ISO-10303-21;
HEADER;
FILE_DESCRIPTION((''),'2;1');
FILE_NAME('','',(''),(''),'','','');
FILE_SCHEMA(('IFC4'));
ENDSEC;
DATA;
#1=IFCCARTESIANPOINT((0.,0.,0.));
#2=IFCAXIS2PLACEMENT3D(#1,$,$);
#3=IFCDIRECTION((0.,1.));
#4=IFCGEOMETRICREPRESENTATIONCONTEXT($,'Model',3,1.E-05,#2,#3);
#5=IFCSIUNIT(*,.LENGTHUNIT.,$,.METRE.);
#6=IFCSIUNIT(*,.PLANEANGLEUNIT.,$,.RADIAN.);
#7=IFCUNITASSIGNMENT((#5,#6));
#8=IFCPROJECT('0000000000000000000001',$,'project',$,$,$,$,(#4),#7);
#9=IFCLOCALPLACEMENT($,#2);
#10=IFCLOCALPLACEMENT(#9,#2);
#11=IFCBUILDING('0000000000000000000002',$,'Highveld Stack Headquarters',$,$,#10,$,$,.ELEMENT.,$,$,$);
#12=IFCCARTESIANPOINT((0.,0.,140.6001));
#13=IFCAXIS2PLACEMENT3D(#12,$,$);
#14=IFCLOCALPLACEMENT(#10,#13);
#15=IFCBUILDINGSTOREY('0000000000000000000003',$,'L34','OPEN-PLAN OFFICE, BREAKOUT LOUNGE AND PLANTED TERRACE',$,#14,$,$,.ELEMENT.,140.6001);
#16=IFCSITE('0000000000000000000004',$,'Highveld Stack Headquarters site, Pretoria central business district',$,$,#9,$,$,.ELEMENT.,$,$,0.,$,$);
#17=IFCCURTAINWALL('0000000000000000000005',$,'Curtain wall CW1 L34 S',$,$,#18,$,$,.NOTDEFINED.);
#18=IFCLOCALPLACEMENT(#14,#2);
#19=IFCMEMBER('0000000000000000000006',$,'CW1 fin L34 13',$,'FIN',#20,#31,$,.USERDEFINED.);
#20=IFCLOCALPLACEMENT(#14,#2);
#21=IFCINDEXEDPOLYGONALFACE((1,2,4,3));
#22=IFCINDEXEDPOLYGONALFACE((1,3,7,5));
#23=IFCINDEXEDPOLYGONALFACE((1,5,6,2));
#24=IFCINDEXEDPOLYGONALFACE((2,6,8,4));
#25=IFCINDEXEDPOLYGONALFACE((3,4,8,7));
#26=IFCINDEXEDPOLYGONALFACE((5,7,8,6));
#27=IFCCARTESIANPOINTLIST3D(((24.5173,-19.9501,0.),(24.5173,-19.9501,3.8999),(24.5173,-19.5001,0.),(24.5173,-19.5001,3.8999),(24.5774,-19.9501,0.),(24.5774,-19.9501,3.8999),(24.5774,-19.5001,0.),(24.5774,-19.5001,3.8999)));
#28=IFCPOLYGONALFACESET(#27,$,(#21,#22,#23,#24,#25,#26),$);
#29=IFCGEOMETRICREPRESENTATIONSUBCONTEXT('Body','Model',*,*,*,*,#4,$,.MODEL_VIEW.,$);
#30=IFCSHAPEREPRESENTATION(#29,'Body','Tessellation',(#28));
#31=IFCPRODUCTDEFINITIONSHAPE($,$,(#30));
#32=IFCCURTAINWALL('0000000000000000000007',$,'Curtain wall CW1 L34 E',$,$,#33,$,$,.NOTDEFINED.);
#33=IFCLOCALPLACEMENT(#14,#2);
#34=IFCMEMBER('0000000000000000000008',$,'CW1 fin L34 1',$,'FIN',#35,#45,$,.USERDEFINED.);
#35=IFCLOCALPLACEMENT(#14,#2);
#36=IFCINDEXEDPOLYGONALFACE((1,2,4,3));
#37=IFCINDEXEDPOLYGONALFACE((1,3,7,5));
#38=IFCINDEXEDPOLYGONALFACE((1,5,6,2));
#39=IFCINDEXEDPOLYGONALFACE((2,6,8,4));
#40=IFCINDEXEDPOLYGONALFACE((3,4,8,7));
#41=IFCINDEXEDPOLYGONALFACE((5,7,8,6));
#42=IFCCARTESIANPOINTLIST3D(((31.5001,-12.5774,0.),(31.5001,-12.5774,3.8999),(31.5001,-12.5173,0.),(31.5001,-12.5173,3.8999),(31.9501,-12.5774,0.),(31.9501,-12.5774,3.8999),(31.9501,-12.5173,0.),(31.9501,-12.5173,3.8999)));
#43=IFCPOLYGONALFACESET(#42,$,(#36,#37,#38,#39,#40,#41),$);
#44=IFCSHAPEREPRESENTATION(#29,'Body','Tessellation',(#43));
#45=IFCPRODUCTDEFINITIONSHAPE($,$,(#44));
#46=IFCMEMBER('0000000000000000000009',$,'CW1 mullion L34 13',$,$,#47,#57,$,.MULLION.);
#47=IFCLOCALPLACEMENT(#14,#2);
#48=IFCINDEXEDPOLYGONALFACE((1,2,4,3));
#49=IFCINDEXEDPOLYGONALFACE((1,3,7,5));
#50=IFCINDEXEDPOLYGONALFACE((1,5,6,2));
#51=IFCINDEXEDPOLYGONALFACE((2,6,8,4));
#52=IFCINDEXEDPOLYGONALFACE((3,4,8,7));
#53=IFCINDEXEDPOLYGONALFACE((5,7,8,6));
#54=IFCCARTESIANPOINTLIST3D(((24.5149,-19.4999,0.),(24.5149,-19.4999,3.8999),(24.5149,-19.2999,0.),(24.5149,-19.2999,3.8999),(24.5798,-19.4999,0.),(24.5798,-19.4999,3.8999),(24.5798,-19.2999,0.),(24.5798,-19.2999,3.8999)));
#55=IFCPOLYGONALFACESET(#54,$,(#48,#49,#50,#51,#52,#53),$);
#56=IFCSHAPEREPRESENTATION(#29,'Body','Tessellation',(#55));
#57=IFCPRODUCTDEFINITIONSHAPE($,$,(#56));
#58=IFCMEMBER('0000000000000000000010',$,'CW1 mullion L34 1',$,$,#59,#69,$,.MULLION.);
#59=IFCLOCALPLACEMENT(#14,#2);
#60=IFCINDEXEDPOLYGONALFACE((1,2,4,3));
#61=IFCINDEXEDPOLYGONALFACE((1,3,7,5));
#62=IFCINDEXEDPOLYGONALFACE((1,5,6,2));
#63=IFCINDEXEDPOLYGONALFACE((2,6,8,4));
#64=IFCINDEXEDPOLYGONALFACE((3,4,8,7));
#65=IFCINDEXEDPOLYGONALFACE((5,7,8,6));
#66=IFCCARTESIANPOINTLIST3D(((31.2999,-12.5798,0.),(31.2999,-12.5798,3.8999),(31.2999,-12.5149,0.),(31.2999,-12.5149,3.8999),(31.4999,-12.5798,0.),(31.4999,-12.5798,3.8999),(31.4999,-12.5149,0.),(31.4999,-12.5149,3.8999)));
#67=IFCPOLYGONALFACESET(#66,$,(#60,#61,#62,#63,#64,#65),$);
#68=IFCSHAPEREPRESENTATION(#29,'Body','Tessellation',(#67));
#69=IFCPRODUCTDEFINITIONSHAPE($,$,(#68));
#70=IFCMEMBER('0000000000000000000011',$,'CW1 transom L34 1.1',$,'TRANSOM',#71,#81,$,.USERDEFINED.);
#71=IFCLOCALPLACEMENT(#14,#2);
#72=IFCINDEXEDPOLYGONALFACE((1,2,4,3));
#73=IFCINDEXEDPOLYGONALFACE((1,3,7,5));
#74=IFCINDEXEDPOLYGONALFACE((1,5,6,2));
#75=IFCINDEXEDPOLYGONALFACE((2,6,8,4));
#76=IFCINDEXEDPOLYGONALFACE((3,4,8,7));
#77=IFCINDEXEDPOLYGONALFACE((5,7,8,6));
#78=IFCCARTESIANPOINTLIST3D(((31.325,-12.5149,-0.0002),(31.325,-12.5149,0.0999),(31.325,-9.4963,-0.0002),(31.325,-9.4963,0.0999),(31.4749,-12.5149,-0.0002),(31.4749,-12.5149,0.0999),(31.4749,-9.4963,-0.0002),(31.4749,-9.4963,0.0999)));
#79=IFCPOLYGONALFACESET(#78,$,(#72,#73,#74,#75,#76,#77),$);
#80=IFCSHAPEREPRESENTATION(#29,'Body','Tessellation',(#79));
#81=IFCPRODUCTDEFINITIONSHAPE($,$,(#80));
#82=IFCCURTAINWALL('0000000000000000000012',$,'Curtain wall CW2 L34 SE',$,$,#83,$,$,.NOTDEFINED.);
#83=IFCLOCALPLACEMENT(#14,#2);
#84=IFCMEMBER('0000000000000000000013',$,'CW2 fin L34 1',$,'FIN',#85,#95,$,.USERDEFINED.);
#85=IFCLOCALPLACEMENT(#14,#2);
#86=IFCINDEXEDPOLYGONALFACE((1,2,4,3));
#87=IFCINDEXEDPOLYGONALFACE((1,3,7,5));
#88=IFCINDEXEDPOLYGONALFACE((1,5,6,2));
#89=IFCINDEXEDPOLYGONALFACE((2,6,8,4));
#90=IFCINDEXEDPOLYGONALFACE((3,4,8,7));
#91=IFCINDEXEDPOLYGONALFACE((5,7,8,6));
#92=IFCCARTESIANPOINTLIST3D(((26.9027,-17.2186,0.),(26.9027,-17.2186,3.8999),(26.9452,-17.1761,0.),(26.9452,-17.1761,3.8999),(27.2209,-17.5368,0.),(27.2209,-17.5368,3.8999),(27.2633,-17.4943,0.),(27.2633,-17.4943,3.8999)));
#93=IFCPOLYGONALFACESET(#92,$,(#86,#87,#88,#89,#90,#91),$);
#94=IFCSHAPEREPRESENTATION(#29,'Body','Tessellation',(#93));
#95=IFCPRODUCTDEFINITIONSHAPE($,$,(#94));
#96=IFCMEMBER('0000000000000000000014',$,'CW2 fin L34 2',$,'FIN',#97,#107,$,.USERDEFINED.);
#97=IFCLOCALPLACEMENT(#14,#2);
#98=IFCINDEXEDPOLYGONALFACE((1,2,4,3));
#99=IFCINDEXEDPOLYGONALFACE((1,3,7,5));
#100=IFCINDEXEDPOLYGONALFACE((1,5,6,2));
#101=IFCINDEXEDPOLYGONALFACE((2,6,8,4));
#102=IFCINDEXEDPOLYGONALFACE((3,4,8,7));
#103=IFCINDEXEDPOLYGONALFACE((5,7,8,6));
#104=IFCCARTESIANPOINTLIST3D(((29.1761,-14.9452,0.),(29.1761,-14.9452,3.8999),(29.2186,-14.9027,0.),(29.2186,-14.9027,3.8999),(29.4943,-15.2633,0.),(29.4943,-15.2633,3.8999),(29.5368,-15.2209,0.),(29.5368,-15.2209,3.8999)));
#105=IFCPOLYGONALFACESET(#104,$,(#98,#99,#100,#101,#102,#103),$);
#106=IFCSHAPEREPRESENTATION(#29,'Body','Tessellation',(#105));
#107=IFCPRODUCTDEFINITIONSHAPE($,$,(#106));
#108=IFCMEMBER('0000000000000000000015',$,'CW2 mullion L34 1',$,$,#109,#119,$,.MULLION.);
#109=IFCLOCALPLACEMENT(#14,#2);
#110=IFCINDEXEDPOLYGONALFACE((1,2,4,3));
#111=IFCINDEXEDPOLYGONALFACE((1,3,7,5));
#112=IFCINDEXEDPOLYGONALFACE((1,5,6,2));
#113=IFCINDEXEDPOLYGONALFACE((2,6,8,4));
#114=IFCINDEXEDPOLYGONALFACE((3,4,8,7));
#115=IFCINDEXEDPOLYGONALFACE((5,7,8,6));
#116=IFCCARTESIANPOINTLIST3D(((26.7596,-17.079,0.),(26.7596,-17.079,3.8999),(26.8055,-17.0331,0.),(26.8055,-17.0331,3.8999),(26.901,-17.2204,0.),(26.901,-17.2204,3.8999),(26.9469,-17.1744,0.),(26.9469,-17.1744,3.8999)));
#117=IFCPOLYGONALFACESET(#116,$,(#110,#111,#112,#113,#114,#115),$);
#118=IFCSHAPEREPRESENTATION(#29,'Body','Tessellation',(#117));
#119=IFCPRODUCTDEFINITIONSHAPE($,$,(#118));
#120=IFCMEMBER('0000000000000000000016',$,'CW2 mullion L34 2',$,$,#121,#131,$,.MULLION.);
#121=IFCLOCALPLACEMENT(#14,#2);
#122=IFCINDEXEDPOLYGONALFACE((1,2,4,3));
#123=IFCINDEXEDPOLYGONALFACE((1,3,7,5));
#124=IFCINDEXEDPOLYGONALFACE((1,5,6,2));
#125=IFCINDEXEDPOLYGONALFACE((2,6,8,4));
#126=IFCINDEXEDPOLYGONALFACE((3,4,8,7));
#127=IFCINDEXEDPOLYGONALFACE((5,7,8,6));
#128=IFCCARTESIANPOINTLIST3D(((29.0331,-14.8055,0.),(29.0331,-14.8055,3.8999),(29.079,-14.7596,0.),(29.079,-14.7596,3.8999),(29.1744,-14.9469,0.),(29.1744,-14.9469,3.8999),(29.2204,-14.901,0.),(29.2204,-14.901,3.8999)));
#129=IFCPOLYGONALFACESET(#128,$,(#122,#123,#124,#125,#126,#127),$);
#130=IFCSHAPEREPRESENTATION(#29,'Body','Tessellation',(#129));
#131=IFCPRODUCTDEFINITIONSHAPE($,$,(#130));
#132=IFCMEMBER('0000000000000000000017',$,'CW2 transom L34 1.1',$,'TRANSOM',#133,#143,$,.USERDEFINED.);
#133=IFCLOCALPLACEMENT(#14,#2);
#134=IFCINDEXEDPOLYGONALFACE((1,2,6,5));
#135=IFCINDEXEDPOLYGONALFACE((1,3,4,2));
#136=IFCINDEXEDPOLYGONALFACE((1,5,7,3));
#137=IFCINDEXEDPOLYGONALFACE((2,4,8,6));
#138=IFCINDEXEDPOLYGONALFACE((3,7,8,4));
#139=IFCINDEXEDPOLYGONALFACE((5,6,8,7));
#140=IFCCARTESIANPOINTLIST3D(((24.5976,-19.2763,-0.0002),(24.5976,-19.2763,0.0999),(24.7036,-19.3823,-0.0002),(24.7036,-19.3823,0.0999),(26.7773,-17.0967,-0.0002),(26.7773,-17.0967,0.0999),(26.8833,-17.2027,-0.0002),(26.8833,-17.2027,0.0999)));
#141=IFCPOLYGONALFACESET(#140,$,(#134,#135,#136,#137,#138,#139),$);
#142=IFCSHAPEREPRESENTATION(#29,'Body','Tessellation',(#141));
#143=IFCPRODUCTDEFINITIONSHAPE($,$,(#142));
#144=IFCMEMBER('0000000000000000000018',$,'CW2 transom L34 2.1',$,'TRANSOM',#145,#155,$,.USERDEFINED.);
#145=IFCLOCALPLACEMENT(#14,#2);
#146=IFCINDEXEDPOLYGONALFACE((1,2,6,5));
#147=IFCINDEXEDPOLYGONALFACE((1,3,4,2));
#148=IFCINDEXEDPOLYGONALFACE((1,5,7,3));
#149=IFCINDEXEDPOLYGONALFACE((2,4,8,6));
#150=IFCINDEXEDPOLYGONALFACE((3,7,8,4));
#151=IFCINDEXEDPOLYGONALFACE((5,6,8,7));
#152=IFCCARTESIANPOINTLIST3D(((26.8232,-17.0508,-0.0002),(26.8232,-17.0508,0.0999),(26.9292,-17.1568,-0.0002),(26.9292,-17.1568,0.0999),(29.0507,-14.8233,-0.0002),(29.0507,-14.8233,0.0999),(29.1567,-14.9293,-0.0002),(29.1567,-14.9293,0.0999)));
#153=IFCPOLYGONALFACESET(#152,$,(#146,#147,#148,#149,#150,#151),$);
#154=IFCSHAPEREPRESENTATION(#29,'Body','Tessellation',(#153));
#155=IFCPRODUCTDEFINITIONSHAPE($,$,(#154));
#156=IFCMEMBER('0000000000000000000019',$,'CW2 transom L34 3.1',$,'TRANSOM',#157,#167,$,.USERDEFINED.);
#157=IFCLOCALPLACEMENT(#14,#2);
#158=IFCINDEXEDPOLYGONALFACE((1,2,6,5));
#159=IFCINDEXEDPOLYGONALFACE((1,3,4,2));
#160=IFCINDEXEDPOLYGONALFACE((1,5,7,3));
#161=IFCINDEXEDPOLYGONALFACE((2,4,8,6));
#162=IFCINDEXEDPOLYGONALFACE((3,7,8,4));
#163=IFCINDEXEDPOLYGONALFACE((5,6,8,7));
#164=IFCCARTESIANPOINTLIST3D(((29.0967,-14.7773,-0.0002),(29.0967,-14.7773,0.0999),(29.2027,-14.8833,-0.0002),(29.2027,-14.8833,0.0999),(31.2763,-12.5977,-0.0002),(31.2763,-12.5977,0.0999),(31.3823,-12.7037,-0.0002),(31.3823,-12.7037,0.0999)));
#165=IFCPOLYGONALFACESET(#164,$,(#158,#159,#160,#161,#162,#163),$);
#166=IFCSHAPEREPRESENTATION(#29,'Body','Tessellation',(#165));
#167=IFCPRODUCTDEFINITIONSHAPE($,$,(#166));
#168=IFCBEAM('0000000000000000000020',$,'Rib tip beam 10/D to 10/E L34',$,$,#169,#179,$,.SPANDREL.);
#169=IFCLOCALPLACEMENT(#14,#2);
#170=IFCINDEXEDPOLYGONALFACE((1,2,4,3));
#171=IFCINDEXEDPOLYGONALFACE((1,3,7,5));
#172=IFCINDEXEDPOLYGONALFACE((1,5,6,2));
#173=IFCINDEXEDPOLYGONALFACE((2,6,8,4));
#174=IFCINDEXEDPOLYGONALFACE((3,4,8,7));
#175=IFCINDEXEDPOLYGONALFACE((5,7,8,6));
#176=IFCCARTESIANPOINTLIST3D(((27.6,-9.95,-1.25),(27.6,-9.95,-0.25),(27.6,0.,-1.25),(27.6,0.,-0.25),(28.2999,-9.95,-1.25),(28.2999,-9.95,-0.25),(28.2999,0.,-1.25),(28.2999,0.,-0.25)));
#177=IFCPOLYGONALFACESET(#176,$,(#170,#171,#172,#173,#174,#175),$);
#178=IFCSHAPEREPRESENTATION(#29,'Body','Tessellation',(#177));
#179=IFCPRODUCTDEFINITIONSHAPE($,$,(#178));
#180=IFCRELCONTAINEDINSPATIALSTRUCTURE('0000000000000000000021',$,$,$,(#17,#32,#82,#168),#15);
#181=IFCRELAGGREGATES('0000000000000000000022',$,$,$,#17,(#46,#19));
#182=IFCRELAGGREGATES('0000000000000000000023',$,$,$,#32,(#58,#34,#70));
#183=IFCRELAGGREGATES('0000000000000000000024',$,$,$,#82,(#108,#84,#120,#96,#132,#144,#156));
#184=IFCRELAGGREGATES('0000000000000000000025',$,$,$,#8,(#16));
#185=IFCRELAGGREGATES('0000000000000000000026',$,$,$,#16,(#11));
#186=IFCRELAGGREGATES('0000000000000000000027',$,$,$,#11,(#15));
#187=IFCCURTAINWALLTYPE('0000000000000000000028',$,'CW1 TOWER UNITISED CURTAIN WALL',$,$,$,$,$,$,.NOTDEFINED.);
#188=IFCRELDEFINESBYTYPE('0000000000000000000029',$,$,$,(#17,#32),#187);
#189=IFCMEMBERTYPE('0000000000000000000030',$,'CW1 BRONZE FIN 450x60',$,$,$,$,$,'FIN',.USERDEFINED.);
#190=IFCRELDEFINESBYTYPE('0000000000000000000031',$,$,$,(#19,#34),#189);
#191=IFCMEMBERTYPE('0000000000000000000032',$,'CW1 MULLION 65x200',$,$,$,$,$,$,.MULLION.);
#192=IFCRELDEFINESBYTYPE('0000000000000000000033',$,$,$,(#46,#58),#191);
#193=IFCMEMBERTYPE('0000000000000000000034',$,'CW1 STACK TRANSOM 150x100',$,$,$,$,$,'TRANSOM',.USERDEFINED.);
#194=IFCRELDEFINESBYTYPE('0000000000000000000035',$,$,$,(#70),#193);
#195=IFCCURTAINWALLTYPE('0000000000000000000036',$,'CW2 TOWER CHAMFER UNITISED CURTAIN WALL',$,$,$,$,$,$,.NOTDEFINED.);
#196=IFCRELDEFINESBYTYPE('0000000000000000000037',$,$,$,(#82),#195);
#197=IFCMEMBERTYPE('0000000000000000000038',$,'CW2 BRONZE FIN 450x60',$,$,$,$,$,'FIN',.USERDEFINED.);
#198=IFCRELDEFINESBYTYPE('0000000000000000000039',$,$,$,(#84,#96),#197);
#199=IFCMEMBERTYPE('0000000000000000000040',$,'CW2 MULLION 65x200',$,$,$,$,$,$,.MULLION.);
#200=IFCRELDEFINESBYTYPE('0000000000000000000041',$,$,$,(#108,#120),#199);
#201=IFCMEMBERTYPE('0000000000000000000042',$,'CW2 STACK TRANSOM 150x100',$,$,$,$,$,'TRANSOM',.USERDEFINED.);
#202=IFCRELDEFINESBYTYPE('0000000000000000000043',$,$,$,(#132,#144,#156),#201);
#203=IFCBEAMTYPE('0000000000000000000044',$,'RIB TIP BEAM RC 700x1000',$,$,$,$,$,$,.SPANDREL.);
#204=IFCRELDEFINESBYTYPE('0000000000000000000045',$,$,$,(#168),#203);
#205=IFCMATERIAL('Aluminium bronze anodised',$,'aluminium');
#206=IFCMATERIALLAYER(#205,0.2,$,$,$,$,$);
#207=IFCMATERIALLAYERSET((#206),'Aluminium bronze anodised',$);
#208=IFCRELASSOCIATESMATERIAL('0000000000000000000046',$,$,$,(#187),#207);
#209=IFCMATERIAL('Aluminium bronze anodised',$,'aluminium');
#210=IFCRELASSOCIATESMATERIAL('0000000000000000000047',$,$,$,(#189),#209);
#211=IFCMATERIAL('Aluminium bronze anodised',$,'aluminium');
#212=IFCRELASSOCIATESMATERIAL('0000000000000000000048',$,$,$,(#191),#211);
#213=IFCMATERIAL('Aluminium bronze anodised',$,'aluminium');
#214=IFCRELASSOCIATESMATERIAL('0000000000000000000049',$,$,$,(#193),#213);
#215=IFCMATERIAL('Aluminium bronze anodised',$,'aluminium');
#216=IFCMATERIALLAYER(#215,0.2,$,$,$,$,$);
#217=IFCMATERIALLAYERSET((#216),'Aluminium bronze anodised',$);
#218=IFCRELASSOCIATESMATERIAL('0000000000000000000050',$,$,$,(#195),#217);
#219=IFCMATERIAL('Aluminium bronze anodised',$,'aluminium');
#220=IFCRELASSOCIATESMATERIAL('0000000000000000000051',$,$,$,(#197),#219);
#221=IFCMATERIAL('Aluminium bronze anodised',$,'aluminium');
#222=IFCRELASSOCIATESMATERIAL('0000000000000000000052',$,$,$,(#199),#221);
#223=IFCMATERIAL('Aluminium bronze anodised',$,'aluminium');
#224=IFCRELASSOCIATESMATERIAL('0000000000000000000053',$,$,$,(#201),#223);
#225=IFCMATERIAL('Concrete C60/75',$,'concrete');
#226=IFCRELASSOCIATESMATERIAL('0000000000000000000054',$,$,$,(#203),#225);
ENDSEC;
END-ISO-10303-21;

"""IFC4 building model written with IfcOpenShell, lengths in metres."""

from ifc_helpers import new_model, si_unit, direction, frame, origin, origin_2d, place, context, subcontext, project, spatial, rectangle, extrude, material, layer, layer_set, material_profile, profile_set, type_object, element, aggregate, save


model = new_model("IFC4")

# Units and contexts
model_context = context("Model", 3, precision=1e-05, world=origin(), true_north=direction((0.0, 1.0)))
body_context = subcontext(model_context, "Body", "Model", "MODEL_VIEW")
ifc_project = project(units=[si_unit("LENGTHUNIT", "METRE"), si_unit("PLANEANGLEUNIT", "RADIAN")], contexts=[model_context])

# Site, building, storey
site_placement = place(None, origin())
site = spatial("IfcSite", under=ifc_project, at=site_placement, Name="Highveld Stack Headquarters site, Pretoria central business district", CompositionType="ELEMENT", RefElevation=0.0)
building_placement = place(site_placement, origin())
building = spatial("IfcBuilding", under=site, at=building_placement, Name="Highveld Stack Headquarters", CompositionType="ELEMENT")
storey_placement = place(building_placement, frame((0.0, 0.0, 140.6001)))
storey = spatial("IfcBuildingStorey", under=building, at=storey_placement, Name="L34", Description="OPEN-PLAN OFFICE, BREAKOUT LOUNGE AND PLANTED TERRACE", CompositionType="ELEMENT", Elevation=140.6001)

# Curtain walls, members
ifc_material_1 = material(Name="Aluminium bronze anodised", Category="aluminium")
ifc_layer_1 = layer(ifc_material_1, 0.2)
ifc_layer_set_1 = layer_set([ifc_layer_1], Name="Aluminium bronze anodised")
curtain_wall_type_1 = type_object("IfcCurtainWallType", Name="CW1 TOWER UNITISED CURTAIN WALL", PredefinedType="NOTDEFINED", material=ifc_layer_set_1)
curtain_wall_1_placement = place(storey_placement, origin())
curtain_wall_1 = element("IfcCurtainWall", 1, at=curtain_wall_1_placement, inside=storey, type_object=curtain_wall_type_1, Name="Curtain wall CW1 L34 S", PredefinedType="NOTDEFINED")
ifc_material_2 = material(Name="Aluminium bronze anodised", Category="aluminium")
ifc_material_profile_1 = material_profile(ifc_material_2, rectangle(XDim=0.45, YDim=0.0601, at=origin_2d()), Name="FIN 450x60")
ifc_profile_set_1 = profile_set([ifc_material_profile_1], Name="Aluminium bronze anodised")
member_type_1 = type_object("IfcMemberType", Name="CW1 BRONZE FIN 450x60", ElementType="FIN", PredefinedType="USERDEFINED", material=ifc_profile_set_1)
member_1_placement = place(storey_placement, frame((24.5474, -19.7251, 0.0), z_axis=(0.0, 0.0, 1.0), x_axis=(0.0, 1.0, 0.0)))
member_1 = element("IfcMember", 2, at=member_1_placement, type_object=member_type_1, Name="CW1 fin L34 13", ObjectType="FIN", PredefinedType="USERDEFINED", context=body_context, shape_type="SweptSolid", body=[
    extrude(rectangle(XDim=0.45, YDim=0.0601, at=origin_2d()), origin(), (0.0, 0.0, 1.0), 3.8999),
])
curtain_wall_2_placement = place(storey_placement, origin())
curtain_wall_2 = element("IfcCurtainWall", 3, at=curtain_wall_2_placement, inside=storey, type_object=curtain_wall_type_1, Name="Curtain wall CW1 L34 E", PredefinedType="NOTDEFINED")
member_2_placement = place(storey_placement, frame((31.7251, -12.5474, 0.0), z_axis=(0.0, 0.0, 1.0), x_axis=(-1.0, 0.0, 0.0)))
member_2 = element("IfcMember", 4, at=member_2_placement, type_object=member_type_1, Name="CW1 fin L34 1", ObjectType="FIN", PredefinedType="USERDEFINED", context=body_context, shape_type="SweptSolid", body=[
    extrude(rectangle(XDim=0.45, YDim=0.0601, at=origin_2d()), origin(), (0.0, 0.0, 1.0), 3.8999),
])

# Members
ifc_material_3 = material(Name="Aluminium bronze anodised", Category="aluminium")
ifc_material_profile_2 = material_profile(ifc_material_3, rectangle(XDim=0.2, YDim=0.0649, at=origin_2d()), Name="CW1 MULLION 65x200")
ifc_profile_set_2 = profile_set([ifc_material_profile_2], Name="Aluminium bronze anodised")
member_type_2 = type_object("IfcMemberType", Name="CW1 MULLION 65x200", PredefinedType="MULLION", material=ifc_profile_set_2)
member_3_placement = place(storey_placement, frame((24.5474, -19.3999, 0.0), z_axis=(0.0, 0.0, 1.0), x_axis=(0.0, 1.0, 0.0)))
member_3 = element("IfcMember", 5, at=member_3_placement, type_object=member_type_2, Name="CW1 mullion L34 13", PredefinedType="MULLION", context=body_context, shape_type="SweptSolid", body=[
    extrude(rectangle(XDim=0.2, YDim=0.0649, at=origin_2d()), origin(), (0.0, 0.0, 1.0), 3.8999),
])
member_4_placement = place(storey_placement, frame((31.3999, -12.5474, 0.0), z_axis=(0.0, 0.0, 1.0), x_axis=(-1.0, 0.0, 0.0)))
member_4 = element("IfcMember", 6, at=member_4_placement, type_object=member_type_2, Name="CW1 mullion L34 1", PredefinedType="MULLION", context=body_context, shape_type="SweptSolid", body=[
    extrude(rectangle(XDim=0.2, YDim=0.0649, at=origin_2d()), origin(), (0.0, 0.0, 1.0), 3.8999),
])
ifc_material_4 = material(Name="Aluminium bronze anodised", Category="aluminium")
ifc_material_profile_3 = material_profile(ifc_material_4, rectangle(XDim=0.1499, YDim=0.1001, at=origin_2d()), Name="CW1 TRANSOM 150x100")
ifc_profile_set_3 = profile_set([ifc_material_profile_3], Name="Aluminium bronze anodised")
member_type_3 = type_object("IfcMemberType", Name="CW1 STACK TRANSOM 150x100", ElementType="TRANSOM", PredefinedType="USERDEFINED", material=ifc_profile_set_3)
member_5_placement = place(storey_placement, frame((31.3999, -12.5149, 0.0498), z_axis=(0.0, 1.0, 0.0), x_axis=(-1.0, 0.0, 0.0)))
member_5 = element("IfcMember", 7, at=member_5_placement, type_object=member_type_3, Name="CW1 transom L34 1.1", ObjectType="TRANSOM", PredefinedType="USERDEFINED", context=body_context, shape_type="SweptSolid", body=[
    extrude(rectangle(XDim=0.1499, YDim=0.1001, at=origin_2d()), origin(), (0.0, 0.0, 1.0), 3.0186),
])

# Curtain wall, members
ifc_material_5 = material(Name="Aluminium bronze anodised", Category="aluminium")
ifc_layer_2 = layer(ifc_material_5, 0.2)
ifc_layer_set_2 = layer_set([ifc_layer_2], Name="Aluminium bronze anodised")
curtain_wall_type_2 = type_object("IfcCurtainWallType", Name="CW2 TOWER CHAMFER UNITISED CURTAIN WALL", PredefinedType="NOTDEFINED", material=ifc_layer_set_2)
curtain_wall_3_placement = place(storey_placement, origin())
curtain_wall_3 = element("IfcCurtainWall", 8, at=curtain_wall_3_placement, inside=storey, type_object=curtain_wall_type_2, Name="Curtain wall CW2 L34 SE", PredefinedType="NOTDEFINED")
ifc_material_6 = material(Name="Aluminium bronze anodised", Category="aluminium")
ifc_material_profile_4 = material_profile(ifc_material_6, rectangle(XDim=0.45, YDim=0.0601, at=origin_2d()), Name="FIN 450x60")
ifc_profile_set_4 = profile_set([ifc_material_profile_4], Name="Aluminium bronze anodised")
member_type_4 = type_object("IfcMemberType", Name="CW2 BRONZE FIN 450x60", ElementType="FIN", PredefinedType="USERDEFINED", material=ifc_profile_set_4)
member_6_placement = place(storey_placement, frame((27.083, -17.3564, 0.0), z_axis=(0.0, 0.0, 1.0), x_axis=(-0.707107, 0.707107, 0.0)))
member_6 = element("IfcMember", 9, at=member_6_placement, type_object=member_type_4, Name="CW2 fin L34 1", ObjectType="FIN", PredefinedType="USERDEFINED", context=body_context, shape_type="SweptSolid", body=[
    extrude(rectangle(XDim=0.45, YDim=0.0601, at=origin_2d()), origin(), (0.0, 0.0, 1.0), 3.8999),
])
member_7_placement = place(storey_placement, frame((29.3564, -15.083, 0.0), z_axis=(0.0, 0.0, 1.0), x_axis=(-0.707107, 0.707107, 0.0)))
member_7 = element("IfcMember", 10, at=member_7_placement, type_object=member_type_4, Name="CW2 fin L34 2", ObjectType="FIN", PredefinedType="USERDEFINED", context=body_context, shape_type="SweptSolid", body=[
    extrude(rectangle(XDim=0.45, YDim=0.0601, at=origin_2d()), origin(), (0.0, 0.0, 1.0), 3.8999),
])
ifc_material_7 = material(Name="Aluminium bronze anodised", Category="aluminium")
ifc_material_profile_5 = material_profile(ifc_material_7, rectangle(XDim=0.2, YDim=0.0649, at=origin_2d()), Name="CW2 MULLION 65x200")
ifc_profile_set_5 = profile_set([ifc_material_profile_5], Name="Aluminium bronze anodised")
member_type_5 = type_object("IfcMemberType", Name="CW2 MULLION 65x200", PredefinedType="MULLION", material=ifc_profile_set_5)
member_8_placement = place(storey_placement, frame((26.8533, -17.1267, 0.0), z_axis=(0.0, 0.0, 1.0), x_axis=(-0.707107, 0.707107, 0.0)))
member_8 = element("IfcMember", 11, at=member_8_placement, type_object=member_type_5, Name="CW2 mullion L34 1", PredefinedType="MULLION", context=body_context, shape_type="SweptSolid", body=[
    extrude(rectangle(XDim=0.2, YDim=0.0649, at=origin_2d()), origin(), (0.0, 0.0, 1.0), 3.8999),
])
member_9_placement = place(storey_placement, frame((29.1267, -14.8533, 0.0), z_axis=(0.0, 0.0, 1.0), x_axis=(-0.707107, 0.707107, 0.0)))
member_9 = element("IfcMember", 12, at=member_9_placement, type_object=member_type_5, Name="CW2 mullion L34 2", PredefinedType="MULLION", context=body_context, shape_type="SweptSolid", body=[
    extrude(rectangle(XDim=0.2, YDim=0.0649, at=origin_2d()), origin(), (0.0, 0.0, 1.0), 3.8999),
])
ifc_material_8 = material(Name="Aluminium bronze anodised", Category="aluminium")
ifc_material_profile_6 = material_profile(ifc_material_8, rectangle(XDim=0.1499, YDim=0.1001, at=origin_2d()), Name="CW2 TRANSOM 150x100")
ifc_profile_set_6 = profile_set([ifc_material_profile_6], Name="Aluminium bronze anodised")
member_type_6 = type_object("IfcMemberType", Name="CW2 STACK TRANSOM 150x100", ElementType="TRANSOM", PredefinedType="USERDEFINED", material=ifc_profile_set_6)
member_10_placement = place(storey_placement, frame((24.6506, -19.3293, 0.0498), z_axis=(0.707107, 0.707107, 0.0), x_axis=(-0.707107, 0.707107, 0.0)))
member_10 = element("IfcMember", 13, at=member_10_placement, type_object=member_type_6, Name="CW2 transom L34 1.1", ObjectType="TRANSOM", PredefinedType="USERDEFINED", context=body_context, shape_type="SweptSolid", body=[
    extrude(rectangle(XDim=0.1499, YDim=0.1001, at=origin_2d()), origin(), (0.0, 0.0, 1.0), 3.0825),
])
member_11_placement = place(storey_placement, frame((26.8762, -17.1038, 0.0498), z_axis=(0.707107, 0.707107, 0.0), x_axis=(-0.707107, 0.707107, 0.0)))
member_11 = element("IfcMember", 14, at=member_11_placement, type_object=member_type_6, Name="CW2 transom L34 2.1", ObjectType="TRANSOM", PredefinedType="USERDEFINED", context=body_context, shape_type="SweptSolid", body=[
    extrude(rectangle(XDim=0.1499, YDim=0.1001, at=origin_2d()), origin(), (0.0, 0.0, 1.0), 3.1501),
])
member_12_placement = place(storey_placement, frame((29.1497, -14.8303, 0.0498), z_axis=(0.707107, 0.707107, 0.0), x_axis=(-0.707107, 0.707107, 0.0)))
member_12 = element("IfcMember", 15, at=member_12_placement, type_object=member_type_6, Name="CW2 transom L34 3.1", ObjectType="TRANSOM", PredefinedType="USERDEFINED", context=body_context, shape_type="SweptSolid", body=[
    extrude(rectangle(XDim=0.1499, YDim=0.1001, at=origin_2d()), origin(), (0.0, 0.0, 1.0), 3.0825),
])

# Beam
ifc_material_9 = material(Name="Concrete C60/75", Category="concrete")
ifc_material_profile_7 = material_profile(ifc_material_9, rectangle(XDim=0.7, YDim=1.0, at=origin_2d()), Name="RC 700x1000")
ifc_profile_set_7 = profile_set([ifc_material_profile_7], Name="Concrete C60/75")
beam_type = type_object("IfcBeamType", Name="RIB TIP BEAM RC 700x1000", PredefinedType="SPANDREL", material=ifc_profile_set_7)
beam_placement = place(storey_placement, frame((27.95, -9.95, -0.75), z_axis=(0.0, 1.0, 0.0), x_axis=(-1.0, 0.0, 0.0)))
element("IfcBeam", 16, at=beam_placement, inside=storey, type_object=beam_type, Name="Rib tip beam 10/D to 10/E L34", PredefinedType="SPANDREL", context=body_context, shape_type="SweptSolid", body=[
    extrude(rectangle(XDim=0.7, YDim=1.0, at=origin_2d()), origin(), (0.0, 0.0, 1.0), 9.95),
])

aggregate(curtain_wall_1, [member_3, member_1])
aggregate(curtain_wall_2, [member_4, member_2, member_5])
aggregate(curtain_wall_3, [member_8, member_6, member_9, member_7, member_10, member_11, member_12])

save(model, "model.ifc")
